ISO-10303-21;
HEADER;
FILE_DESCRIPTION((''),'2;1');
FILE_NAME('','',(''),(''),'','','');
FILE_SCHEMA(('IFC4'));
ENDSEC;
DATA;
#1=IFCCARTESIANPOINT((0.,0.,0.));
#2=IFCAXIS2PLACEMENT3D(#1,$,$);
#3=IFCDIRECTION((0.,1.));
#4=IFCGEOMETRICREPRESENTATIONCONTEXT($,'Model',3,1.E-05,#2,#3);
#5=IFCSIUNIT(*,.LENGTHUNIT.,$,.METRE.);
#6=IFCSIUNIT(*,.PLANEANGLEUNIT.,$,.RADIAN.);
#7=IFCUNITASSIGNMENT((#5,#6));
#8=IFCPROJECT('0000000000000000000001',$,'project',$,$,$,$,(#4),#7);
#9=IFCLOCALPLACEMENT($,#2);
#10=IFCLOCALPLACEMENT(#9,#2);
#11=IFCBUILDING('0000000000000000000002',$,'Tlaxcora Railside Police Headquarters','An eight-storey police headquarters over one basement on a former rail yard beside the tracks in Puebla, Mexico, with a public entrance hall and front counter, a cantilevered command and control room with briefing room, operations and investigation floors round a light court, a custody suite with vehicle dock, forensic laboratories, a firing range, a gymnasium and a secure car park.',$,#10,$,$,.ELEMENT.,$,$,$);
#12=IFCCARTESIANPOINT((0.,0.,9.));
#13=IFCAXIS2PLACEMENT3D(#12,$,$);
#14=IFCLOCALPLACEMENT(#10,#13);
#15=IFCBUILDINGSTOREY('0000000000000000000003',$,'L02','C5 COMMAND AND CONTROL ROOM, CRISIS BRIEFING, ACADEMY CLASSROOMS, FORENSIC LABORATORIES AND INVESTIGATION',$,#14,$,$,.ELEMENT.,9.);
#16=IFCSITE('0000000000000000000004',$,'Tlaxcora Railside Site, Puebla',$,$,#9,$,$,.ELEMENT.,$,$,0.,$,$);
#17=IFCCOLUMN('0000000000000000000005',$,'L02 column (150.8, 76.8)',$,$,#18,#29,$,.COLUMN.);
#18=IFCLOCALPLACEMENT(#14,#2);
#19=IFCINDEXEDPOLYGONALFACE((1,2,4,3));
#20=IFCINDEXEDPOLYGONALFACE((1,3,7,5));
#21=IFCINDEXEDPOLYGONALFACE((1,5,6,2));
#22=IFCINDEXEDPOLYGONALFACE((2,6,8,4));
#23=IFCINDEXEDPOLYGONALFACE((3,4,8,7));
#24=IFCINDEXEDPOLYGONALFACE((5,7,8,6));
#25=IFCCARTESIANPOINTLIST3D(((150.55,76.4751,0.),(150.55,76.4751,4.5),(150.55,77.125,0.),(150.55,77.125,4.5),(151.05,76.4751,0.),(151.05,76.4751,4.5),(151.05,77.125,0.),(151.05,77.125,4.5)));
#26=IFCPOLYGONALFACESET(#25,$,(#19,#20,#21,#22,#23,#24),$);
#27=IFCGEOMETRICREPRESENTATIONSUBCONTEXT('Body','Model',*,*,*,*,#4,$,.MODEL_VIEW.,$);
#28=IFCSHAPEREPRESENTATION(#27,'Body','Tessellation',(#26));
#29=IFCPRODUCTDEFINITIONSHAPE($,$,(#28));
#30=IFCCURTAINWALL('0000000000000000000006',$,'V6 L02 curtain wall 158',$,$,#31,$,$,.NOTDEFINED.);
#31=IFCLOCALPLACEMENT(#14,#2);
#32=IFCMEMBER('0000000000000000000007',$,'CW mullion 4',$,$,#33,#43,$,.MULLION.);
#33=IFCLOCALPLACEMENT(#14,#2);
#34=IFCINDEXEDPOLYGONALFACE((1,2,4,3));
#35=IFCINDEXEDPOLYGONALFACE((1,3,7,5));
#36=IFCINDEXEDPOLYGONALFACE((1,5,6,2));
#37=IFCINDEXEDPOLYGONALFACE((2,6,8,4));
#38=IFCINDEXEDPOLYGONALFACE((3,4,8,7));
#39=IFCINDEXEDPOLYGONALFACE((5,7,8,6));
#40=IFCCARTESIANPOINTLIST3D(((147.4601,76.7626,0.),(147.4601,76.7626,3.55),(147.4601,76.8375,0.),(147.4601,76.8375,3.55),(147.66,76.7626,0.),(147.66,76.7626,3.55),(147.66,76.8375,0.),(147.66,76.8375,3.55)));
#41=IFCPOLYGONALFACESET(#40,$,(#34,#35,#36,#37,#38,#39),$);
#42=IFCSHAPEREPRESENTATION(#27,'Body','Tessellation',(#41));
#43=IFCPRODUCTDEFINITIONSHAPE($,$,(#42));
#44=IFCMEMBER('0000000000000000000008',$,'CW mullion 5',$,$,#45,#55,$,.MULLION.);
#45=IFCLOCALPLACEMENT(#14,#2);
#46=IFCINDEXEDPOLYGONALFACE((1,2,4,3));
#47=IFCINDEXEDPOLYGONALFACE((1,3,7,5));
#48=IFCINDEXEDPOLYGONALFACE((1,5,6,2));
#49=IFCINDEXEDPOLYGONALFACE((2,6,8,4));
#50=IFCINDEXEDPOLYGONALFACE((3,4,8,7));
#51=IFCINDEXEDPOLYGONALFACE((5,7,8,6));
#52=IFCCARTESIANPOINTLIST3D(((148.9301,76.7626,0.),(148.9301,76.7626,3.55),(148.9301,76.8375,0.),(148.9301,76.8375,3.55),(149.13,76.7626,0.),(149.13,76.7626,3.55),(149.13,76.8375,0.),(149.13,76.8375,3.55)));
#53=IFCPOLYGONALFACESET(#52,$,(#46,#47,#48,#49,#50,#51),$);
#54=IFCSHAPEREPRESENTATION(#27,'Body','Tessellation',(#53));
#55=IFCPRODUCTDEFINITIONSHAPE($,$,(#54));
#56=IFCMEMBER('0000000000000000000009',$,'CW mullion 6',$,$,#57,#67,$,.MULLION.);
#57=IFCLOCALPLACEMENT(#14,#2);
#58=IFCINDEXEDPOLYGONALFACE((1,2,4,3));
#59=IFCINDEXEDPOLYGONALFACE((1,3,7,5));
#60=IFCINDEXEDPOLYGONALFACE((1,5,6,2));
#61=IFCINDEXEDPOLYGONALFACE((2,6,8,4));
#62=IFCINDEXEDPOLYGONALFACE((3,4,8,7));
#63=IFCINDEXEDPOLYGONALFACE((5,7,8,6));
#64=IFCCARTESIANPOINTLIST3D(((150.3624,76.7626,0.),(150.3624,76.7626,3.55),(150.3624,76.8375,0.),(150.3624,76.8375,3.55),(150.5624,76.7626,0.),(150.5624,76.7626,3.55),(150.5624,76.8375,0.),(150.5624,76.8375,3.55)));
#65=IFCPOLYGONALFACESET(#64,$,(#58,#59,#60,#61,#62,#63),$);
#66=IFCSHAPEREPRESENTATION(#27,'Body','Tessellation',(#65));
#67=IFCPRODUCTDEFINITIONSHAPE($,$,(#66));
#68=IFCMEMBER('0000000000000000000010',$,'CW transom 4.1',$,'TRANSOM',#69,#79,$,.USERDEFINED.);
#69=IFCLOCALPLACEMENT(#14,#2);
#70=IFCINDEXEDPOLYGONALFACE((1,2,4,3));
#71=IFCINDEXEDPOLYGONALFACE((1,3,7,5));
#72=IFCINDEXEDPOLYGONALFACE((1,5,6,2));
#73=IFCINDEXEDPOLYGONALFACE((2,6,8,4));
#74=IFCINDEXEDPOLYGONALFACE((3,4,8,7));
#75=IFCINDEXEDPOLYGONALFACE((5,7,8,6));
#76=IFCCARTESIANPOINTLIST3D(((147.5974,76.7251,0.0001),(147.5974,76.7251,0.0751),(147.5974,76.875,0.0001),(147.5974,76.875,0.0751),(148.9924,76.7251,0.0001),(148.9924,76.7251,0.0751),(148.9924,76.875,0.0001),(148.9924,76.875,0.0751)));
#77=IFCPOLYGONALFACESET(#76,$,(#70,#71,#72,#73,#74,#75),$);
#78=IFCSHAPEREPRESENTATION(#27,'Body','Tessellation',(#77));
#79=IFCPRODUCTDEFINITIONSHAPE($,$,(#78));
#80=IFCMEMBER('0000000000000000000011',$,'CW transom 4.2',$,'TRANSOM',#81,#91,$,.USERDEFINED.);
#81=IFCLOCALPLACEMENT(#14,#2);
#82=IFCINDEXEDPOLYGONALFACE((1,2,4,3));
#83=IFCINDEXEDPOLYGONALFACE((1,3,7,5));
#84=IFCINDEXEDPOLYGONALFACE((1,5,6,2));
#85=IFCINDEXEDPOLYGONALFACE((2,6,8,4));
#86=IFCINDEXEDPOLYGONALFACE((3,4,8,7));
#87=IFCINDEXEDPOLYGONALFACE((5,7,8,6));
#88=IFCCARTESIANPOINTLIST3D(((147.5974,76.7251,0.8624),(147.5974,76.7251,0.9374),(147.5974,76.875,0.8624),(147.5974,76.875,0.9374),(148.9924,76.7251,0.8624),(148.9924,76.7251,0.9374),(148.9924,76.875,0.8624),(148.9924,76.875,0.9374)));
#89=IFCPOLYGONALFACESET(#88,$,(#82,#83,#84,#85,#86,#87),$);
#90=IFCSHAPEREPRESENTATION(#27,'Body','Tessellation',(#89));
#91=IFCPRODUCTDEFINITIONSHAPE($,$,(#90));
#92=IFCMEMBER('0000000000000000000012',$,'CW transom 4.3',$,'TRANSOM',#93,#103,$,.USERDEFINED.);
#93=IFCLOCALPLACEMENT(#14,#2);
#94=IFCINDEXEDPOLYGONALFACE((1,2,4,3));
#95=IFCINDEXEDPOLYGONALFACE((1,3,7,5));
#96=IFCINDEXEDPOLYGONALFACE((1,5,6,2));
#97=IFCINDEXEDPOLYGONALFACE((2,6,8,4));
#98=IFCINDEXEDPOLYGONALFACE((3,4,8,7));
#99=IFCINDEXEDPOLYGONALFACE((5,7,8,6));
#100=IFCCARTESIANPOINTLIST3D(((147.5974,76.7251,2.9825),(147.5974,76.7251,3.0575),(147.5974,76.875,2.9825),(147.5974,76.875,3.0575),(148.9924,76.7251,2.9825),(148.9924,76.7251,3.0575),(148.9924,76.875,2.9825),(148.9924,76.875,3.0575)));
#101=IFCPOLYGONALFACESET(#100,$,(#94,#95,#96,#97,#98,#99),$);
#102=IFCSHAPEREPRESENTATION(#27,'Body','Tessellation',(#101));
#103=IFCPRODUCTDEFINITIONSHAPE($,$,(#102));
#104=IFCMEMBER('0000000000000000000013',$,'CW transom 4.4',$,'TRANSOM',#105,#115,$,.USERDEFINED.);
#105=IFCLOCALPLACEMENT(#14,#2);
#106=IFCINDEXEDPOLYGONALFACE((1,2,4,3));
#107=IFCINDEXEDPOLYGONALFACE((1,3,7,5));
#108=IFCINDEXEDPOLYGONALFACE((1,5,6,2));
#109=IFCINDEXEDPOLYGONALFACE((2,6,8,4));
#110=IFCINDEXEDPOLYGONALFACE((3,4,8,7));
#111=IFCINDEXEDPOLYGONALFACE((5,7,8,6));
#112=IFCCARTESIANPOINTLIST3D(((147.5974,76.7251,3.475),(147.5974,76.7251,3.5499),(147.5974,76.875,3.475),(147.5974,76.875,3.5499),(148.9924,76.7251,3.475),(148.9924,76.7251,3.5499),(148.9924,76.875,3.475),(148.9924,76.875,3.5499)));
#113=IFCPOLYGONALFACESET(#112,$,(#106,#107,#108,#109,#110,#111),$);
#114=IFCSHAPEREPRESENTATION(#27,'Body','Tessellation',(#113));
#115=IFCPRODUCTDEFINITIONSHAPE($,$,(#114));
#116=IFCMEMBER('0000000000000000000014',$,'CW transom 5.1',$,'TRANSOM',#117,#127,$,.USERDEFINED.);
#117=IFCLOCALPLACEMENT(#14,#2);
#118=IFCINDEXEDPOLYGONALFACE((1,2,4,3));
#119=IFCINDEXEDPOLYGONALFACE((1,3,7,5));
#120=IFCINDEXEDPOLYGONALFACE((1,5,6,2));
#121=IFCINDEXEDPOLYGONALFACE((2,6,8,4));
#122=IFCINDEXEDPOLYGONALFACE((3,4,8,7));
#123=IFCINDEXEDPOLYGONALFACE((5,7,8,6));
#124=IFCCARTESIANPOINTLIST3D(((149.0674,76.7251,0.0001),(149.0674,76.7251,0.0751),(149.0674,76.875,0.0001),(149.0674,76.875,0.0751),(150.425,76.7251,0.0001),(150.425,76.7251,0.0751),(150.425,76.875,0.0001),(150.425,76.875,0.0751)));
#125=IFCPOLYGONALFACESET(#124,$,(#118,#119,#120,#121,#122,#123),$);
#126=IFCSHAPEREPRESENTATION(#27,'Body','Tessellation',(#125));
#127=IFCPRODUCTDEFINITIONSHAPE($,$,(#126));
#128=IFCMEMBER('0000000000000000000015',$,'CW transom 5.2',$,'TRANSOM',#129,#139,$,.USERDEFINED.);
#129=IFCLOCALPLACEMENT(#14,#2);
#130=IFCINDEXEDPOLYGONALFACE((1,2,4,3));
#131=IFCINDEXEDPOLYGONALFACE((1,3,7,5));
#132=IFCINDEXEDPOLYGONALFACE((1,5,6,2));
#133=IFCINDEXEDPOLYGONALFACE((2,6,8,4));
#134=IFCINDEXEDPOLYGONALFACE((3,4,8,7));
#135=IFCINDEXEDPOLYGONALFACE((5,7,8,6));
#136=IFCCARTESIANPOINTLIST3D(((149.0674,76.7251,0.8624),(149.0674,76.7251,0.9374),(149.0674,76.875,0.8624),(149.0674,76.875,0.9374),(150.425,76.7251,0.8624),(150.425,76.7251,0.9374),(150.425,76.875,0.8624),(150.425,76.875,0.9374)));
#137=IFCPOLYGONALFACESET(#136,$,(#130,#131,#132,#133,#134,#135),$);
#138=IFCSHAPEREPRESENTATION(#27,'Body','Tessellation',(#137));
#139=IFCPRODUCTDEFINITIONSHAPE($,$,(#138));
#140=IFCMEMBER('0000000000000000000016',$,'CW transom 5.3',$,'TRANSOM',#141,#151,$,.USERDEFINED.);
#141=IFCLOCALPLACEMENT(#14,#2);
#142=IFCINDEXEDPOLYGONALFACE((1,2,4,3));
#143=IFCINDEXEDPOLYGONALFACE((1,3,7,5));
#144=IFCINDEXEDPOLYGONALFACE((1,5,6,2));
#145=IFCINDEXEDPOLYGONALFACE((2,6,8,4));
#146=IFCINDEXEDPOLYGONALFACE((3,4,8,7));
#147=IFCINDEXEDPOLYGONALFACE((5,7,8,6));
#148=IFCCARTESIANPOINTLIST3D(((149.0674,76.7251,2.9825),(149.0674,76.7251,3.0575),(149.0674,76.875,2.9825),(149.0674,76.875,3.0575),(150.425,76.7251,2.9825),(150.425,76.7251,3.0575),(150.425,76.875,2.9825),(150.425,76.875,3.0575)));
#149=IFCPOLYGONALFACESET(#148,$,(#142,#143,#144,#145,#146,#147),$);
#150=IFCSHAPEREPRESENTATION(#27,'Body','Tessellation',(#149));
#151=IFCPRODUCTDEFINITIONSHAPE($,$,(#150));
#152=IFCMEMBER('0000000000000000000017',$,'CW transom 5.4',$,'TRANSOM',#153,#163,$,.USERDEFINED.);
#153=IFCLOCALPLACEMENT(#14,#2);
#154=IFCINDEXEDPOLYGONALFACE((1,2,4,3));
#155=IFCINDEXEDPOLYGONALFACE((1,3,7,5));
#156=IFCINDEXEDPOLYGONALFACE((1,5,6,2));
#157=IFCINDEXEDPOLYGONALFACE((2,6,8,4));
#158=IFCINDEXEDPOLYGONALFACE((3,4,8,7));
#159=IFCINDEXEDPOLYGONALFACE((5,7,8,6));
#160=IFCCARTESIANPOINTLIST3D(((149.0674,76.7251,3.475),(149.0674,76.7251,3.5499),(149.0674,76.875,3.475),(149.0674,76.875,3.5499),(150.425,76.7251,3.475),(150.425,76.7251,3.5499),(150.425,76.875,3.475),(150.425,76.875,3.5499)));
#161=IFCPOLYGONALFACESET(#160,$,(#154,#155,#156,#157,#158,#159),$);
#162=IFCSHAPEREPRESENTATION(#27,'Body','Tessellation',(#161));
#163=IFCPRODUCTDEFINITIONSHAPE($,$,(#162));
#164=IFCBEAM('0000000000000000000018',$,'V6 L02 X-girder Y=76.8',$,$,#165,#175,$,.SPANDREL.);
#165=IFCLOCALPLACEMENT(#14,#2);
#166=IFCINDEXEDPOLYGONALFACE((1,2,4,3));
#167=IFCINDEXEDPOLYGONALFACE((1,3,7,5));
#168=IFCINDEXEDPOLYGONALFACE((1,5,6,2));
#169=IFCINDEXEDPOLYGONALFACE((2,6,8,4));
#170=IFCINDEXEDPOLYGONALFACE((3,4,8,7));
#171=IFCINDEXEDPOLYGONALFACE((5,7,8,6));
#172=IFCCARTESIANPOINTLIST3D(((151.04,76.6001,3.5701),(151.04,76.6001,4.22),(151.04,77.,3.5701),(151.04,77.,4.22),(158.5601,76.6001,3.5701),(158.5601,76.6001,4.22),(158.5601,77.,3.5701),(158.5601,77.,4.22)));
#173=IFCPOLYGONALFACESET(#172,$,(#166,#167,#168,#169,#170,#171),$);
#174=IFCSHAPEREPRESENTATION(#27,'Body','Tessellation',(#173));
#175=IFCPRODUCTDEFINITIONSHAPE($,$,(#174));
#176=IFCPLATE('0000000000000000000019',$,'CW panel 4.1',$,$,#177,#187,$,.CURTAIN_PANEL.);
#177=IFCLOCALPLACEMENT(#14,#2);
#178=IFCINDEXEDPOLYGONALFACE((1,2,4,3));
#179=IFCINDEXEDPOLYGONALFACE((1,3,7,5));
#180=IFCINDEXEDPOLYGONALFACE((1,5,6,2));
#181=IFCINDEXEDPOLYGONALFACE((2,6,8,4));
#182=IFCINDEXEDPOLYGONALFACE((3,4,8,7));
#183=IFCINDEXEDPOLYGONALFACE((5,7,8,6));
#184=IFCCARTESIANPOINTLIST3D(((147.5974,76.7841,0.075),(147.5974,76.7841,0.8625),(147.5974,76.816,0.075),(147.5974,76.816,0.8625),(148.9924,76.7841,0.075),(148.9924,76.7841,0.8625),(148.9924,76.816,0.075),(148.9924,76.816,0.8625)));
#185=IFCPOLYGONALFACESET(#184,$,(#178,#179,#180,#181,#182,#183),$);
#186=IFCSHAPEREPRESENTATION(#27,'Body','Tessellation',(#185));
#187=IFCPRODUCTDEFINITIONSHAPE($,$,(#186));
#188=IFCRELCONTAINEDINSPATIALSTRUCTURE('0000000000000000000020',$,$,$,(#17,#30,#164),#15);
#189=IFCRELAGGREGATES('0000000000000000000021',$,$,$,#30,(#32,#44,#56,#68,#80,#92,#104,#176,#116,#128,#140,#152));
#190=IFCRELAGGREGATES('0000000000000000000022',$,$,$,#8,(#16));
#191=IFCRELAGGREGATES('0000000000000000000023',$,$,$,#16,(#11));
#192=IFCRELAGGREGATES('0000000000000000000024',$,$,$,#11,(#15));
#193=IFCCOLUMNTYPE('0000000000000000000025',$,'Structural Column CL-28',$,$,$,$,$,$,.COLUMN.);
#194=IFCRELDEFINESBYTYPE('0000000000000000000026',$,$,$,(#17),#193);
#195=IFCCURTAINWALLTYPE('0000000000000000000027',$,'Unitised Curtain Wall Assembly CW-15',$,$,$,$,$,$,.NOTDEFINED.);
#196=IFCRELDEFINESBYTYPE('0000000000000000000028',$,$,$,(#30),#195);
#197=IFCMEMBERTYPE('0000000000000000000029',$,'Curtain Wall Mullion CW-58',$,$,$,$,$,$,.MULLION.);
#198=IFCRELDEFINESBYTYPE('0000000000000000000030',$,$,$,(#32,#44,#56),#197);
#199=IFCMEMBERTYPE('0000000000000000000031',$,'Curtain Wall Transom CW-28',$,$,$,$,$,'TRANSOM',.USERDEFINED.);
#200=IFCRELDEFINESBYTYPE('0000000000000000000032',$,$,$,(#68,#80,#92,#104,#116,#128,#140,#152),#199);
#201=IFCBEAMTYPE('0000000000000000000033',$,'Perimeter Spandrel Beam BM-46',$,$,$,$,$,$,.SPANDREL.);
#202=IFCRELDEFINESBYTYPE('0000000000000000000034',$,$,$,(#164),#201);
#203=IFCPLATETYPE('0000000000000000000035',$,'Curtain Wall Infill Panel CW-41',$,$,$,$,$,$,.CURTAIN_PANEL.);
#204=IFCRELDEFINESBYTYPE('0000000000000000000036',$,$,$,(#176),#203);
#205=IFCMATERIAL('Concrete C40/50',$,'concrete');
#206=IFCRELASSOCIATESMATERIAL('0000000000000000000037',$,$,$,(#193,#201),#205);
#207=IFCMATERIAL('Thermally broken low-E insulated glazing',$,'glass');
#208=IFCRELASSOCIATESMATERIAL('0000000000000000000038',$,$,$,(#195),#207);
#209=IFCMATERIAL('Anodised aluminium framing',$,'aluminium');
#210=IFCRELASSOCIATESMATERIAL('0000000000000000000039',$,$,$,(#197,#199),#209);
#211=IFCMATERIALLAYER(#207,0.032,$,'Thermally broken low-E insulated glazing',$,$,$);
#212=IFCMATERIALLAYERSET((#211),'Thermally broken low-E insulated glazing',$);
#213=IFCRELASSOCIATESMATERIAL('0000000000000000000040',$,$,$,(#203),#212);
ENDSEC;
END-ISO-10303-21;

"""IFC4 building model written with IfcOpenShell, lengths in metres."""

from ifc_helpers import new_model, si_unit, direction, frame, origin, origin_2d, place, context, subcontext, project, spatial, rectangle, extrude, material, layer, layer_set, material_profile, profile_set, type_object, element, aggregate, save


model = new_model("IFC4")

# Units and contexts
model_context = context("Model", 3, precision=1e-05, world=origin(), true_north=direction((0.0, 1.0)))
body_context = subcontext(model_context, "Body", "Model", "MODEL_VIEW")
ifc_project = project(units=[si_unit("LENGTHUNIT", "METRE"), si_unit("PLANEANGLEUNIT", "RADIAN")], contexts=[model_context])

# Site, building, storey
site_placement = place(None, origin())
site = spatial("IfcSite", under=ifc_project, at=site_placement, Name="Tlaxcora Railside Site, Puebla", CompositionType="ELEMENT", RefElevation=0.0)
building_placement = place(site_placement, origin())
building = spatial("IfcBuilding", under=site, at=building_placement, Name="Tlaxcora Railside Police Headquarters", Description="An eight-storey police headquarters over one basement on a former rail yard beside the tracks in Puebla, Mexico, with a public entrance hall and front counter, a cantilevered command and control room with briefing room, operations and investigation floors round a light court, a custody suite with vehicle dock, forensic laboratories, a firing range, a gymnasium and a secure car park.", CompositionType="ELEMENT")
storey_placement = place(building_placement, frame((0.0, 0.0, 9.0)))
storey = spatial("IfcBuildingStorey", under=building, at=storey_placement, Name="L02", Description="C5 COMMAND AND CONTROL ROOM, CRISIS BRIEFING, ACADEMY CLASSROOMS, FORENSIC LABORATORIES AND INVESTIGATION", CompositionType="ELEMENT", Elevation=9.0)

# Column
ifc_material_1 = material(Name="Concrete C40/50", Category="concrete")
ifc_material_profile_1 = material_profile(ifc_material_1, rectangle(XDim=0.5, YDim=0.6499, at=origin_2d()), Name="RC500X650")
ifc_profile_set_1 = profile_set([ifc_material_profile_1], Name="Concrete C40/50")
column_type = type_object("IfcColumnType", Name="Structural Column CL-28", PredefinedType="COLUMN", material=ifc_profile_set_1)
column_placement = place(storey_placement, frame((150.8, 76.8, 0.0), z_axis=(0.0, 0.0, 1.0), x_axis=(1.0, 0.0, 0.0)))
element("IfcColumn", 1, at=column_placement, inside=storey, type_object=column_type, Name="L02 column (150.8, 76.8)", PredefinedType="COLUMN", context=body_context, shape_type="SweptSolid", body=[
    extrude(rectangle(XDim=0.5, YDim=0.6499, at=origin_2d()), origin(), (0.0, 0.0, 1.0), 4.5),
])

# Curtain wall, members
ifc_material_2 = material(Name="Thermally broken low-E insulated glazing", Category="glass")
curtain_wall_type = type_object("IfcCurtainWallType", Name="Unitised Curtain Wall Assembly CW-15", PredefinedType="NOTDEFINED", material=ifc_material_2)
curtain_wall_placement = place(storey_placement, origin())
curtain_wall = element("IfcCurtainWall", 2, at=curtain_wall_placement, inside=storey, type_object=curtain_wall_type, Name="V6 L02 curtain wall 158", PredefinedType="NOTDEFINED")
ifc_material_3 = material(Name="Anodised aluminium framing", Category="aluminium")
ifc_material_profile_2 = material_profile(ifc_material_3, rectangle(XDim=0.075, YDim=0.2, at=origin_2d()), Name="AL75X200")
ifc_profile_set_2 = profile_set([ifc_material_profile_2], Name="Anodised aluminium framing")
member_type_1 = type_object("IfcMemberType", Name="Curtain Wall Mullion CW-58", PredefinedType="MULLION", material=ifc_profile_set_2)
member_1_placement = place(storey_placement, frame((147.5601, 76.8, 0.0), z_axis=(0.0, 0.0, 1.0), x_axis=(0.0, 1.0, 0.0)))
member_1 = element("IfcMember", 3, at=member_1_placement, type_object=member_type_1, Name="CW mullion 4", PredefinedType="MULLION", context=body_context, shape_type="SweptSolid", body=[
    extrude(rectangle(XDim=0.075, YDim=0.2, at=origin_2d()), origin(), (0.0, 0.0, 1.0), 3.55),
])
member_2_placement = place(storey_placement, frame((149.03, 76.8, 0.0), z_axis=(0.0, 0.0, 1.0), x_axis=(0.0, 1.0, 0.0)))
member_2 = element("IfcMember", 4, at=member_2_placement, type_object=member_type_1, Name="CW mullion 5", PredefinedType="MULLION", context=body_context, shape_type="SweptSolid", body=[
    extrude(rectangle(XDim=0.075, YDim=0.2, at=origin_2d()), origin(), (0.0, 0.0, 1.0), 3.55),
])
member_3_placement = place(storey_placement, frame((150.4624, 76.8, 0.0), z_axis=(0.0, 0.0, 1.0), x_axis=(0.0, 1.0, 0.0)))
member_3 = element("IfcMember", 5, at=member_3_placement, type_object=member_type_1, Name="CW mullion 6", PredefinedType="MULLION", context=body_context, shape_type="SweptSolid", body=[
    extrude(rectangle(XDim=0.075, YDim=0.2, at=origin_2d()), origin(), (0.0, 0.0, 1.0), 3.55),
])
ifc_material_profile_3 = material_profile(ifc_material_3, rectangle(XDim=0.1499, YDim=0.075, at=origin_2d()), Name="AL75X150")
ifc_profile_set_3 = profile_set([ifc_material_profile_3], Name="Anodised aluminium framing")
member_type_2 = type_object("IfcMemberType", Name="Curtain Wall Transom CW-28", ElementType="TRANSOM", PredefinedType="USERDEFINED", material=ifc_profile_set_3)
member_4_placement = place(storey_placement, frame((147.5974, 76.8, 0.0376), z_axis=(1.0, 0.0, 0.0), x_axis=(0.0, 1.0, 0.0)))
member_4 = element("IfcMember", 6, at=member_4_placement, type_object=member_type_2, Name="CW transom 4.1", ObjectType="TRANSOM", PredefinedType="USERDEFINED", context=body_context, shape_type="SweptSolid", body=[
    extrude(rectangle(XDim=0.1499, YDim=0.075, at=origin_2d()), origin(), (0.0, 0.0, 1.0), 1.395),
])
member_5_placement = place(storey_placement, frame((147.5974, 76.8, 0.8999), z_axis=(1.0, 0.0, 0.0), x_axis=(0.0, 1.0, 0.0)))
member_5 = element("IfcMember", 7, at=member_5_placement, type_object=member_type_2, Name="CW transom 4.2", ObjectType="TRANSOM", PredefinedType="USERDEFINED", context=body_context, shape_type="SweptSolid", body=[
    extrude(rectangle(XDim=0.1499, YDim=0.075, at=origin_2d()), origin(), (0.0, 0.0, 1.0), 1.395),
])
member_6_placement = place(storey_placement, frame((147.5974, 76.8, 3.02), z_axis=(1.0, 0.0, 0.0), x_axis=(0.0, 1.0, 0.0)))
member_6 = element("IfcMember", 8, at=member_6_placement, type_object=member_type_2, Name="CW transom 4.3", ObjectType="TRANSOM", PredefinedType="USERDEFINED", context=body_context, shape_type="SweptSolid", body=[
    extrude(rectangle(XDim=0.1499, YDim=0.075, at=origin_2d()), origin(), (0.0, 0.0, 1.0), 1.395),
])
member_7_placement = place(storey_placement, frame((147.5974, 76.8, 3.5125), z_axis=(1.0, 0.0, 0.0), x_axis=(0.0, 1.0, 0.0)))
member_7 = element("IfcMember", 9, at=member_7_placement, type_object=member_type_2, Name="CW transom 4.4", ObjectType="TRANSOM", PredefinedType="USERDEFINED", context=body_context, shape_type="SweptSolid", body=[
    extrude(rectangle(XDim=0.1499, YDim=0.075, at=origin_2d()), origin(), (0.0, 0.0, 1.0), 1.395),
])
member_8_placement = place(storey_placement, frame((149.0674, 76.8, 0.0376), z_axis=(1.0, 0.0, 0.0), x_axis=(0.0, 1.0, 0.0)))
member_8 = element("IfcMember", 10, at=member_8_placement, type_object=member_type_2, Name="CW transom 5.1", ObjectType="TRANSOM", PredefinedType="USERDEFINED", context=body_context, shape_type="SweptSolid", body=[
    extrude(rectangle(XDim=0.1499, YDim=0.075, at=origin_2d()), origin(), (0.0, 0.0, 1.0), 1.3577),
])
member_9_placement = place(storey_placement, frame((149.0674, 76.8, 0.8999), z_axis=(1.0, 0.0, 0.0), x_axis=(0.0, 1.0, 0.0)))
member_9 = element("IfcMember", 11, at=member_9_placement, type_object=member_type_2, Name="CW transom 5.2", ObjectType="TRANSOM", PredefinedType="USERDEFINED", context=body_context, shape_type="SweptSolid", body=[
    extrude(rectangle(XDim=0.1499, YDim=0.075, at=origin_2d()), origin(), (0.0, 0.0, 1.0), 1.3577),
])
member_10_placement = place(storey_placement, frame((149.0674, 76.8, 3.02), z_axis=(1.0, 0.0, 0.0), x_axis=(0.0, 1.0, 0.0)))
member_10 = element("IfcMember", 12, at=member_10_placement, type_object=member_type_2, Name="CW transom 5.3", ObjectType="TRANSOM", PredefinedType="USERDEFINED", context=body_context, shape_type="SweptSolid", body=[
    extrude(rectangle(XDim=0.1499, YDim=0.075, at=origin_2d()), origin(), (0.0, 0.0, 1.0), 1.3577),
])
member_11_placement = place(storey_placement, frame((149.0674, 76.8, 3.5125), z_axis=(1.0, 0.0, 0.0), x_axis=(0.0, 1.0, 0.0)))
member_11 = element("IfcMember", 13, at=member_11_placement, type_object=member_type_2, Name="CW transom 5.4", ObjectType="TRANSOM", PredefinedType="USERDEFINED", context=body_context, shape_type="SweptSolid", body=[
    extrude(rectangle(XDim=0.1499, YDim=0.075, at=origin_2d()), origin(), (0.0, 0.0, 1.0), 1.3577),
])

# Beam
ifc_material_profile_4 = material_profile(ifc_material_1, rectangle(XDim=0.3999, YDim=0.6499, at=origin_2d()), Name="RC400X650")
ifc_profile_set_4 = profile_set([ifc_material_profile_4], Name="Concrete C40/50")
beam_type = type_object("IfcBeamType", Name="Perimeter Spandrel Beam BM-46", PredefinedType="SPANDREL", material=ifc_profile_set_4)
beam_placement = place(storey_placement, frame((151.04, 76.8, 3.895), z_axis=(1.0, 0.0, 0.0), x_axis=(0.0, 1.0, 0.0)))
element("IfcBeam", 14, at=beam_placement, inside=storey, type_object=beam_type, Name="V6 L02 X-girder Y=76.8", PredefinedType="SPANDREL", context=body_context, shape_type="SweptSolid", body=[
    extrude(rectangle(XDim=0.3999, YDim=0.6499, at=origin_2d()), origin(), (0.0, 0.0, 1.0), 7.52),
])

# Plate
ifc_layer_1 = layer(ifc_material_2, 0.032, Name="Thermally broken low-E insulated glazing")
ifc_layer_set_1 = layer_set([ifc_layer_1], Name="Thermally broken low-E insulated glazing")
plate_type = type_object("IfcPlateType", Name="Curtain Wall Infill Panel CW-41", PredefinedType="CURTAIN_PANEL", material=ifc_layer_set_1)
plate_1_placement = place(storey_placement, frame((148.2949, 76.8, 0.075), z_axis=(0.0, 0.0, 1.0), x_axis=(1.0, 0.0, 0.0)))
plate_1 = element("IfcPlate", 15, at=plate_1_placement, type_object=plate_type, Name="CW panel 4.1", PredefinedType="CURTAIN_PANEL", context=body_context, shape_type="SweptSolid", body=[
    extrude(rectangle(XDim=1.395, YDim=0.032, at=origin_2d()), origin(), (0.0, 0.0, 1.0), 0.7876),
])
aggregate(curtain_wall, [member_1, member_2, member_3, member_4, member_5, member_6, member_7, plate_1, member_8, member_9, member_10, member_11])

save(model, "model.ifc")
